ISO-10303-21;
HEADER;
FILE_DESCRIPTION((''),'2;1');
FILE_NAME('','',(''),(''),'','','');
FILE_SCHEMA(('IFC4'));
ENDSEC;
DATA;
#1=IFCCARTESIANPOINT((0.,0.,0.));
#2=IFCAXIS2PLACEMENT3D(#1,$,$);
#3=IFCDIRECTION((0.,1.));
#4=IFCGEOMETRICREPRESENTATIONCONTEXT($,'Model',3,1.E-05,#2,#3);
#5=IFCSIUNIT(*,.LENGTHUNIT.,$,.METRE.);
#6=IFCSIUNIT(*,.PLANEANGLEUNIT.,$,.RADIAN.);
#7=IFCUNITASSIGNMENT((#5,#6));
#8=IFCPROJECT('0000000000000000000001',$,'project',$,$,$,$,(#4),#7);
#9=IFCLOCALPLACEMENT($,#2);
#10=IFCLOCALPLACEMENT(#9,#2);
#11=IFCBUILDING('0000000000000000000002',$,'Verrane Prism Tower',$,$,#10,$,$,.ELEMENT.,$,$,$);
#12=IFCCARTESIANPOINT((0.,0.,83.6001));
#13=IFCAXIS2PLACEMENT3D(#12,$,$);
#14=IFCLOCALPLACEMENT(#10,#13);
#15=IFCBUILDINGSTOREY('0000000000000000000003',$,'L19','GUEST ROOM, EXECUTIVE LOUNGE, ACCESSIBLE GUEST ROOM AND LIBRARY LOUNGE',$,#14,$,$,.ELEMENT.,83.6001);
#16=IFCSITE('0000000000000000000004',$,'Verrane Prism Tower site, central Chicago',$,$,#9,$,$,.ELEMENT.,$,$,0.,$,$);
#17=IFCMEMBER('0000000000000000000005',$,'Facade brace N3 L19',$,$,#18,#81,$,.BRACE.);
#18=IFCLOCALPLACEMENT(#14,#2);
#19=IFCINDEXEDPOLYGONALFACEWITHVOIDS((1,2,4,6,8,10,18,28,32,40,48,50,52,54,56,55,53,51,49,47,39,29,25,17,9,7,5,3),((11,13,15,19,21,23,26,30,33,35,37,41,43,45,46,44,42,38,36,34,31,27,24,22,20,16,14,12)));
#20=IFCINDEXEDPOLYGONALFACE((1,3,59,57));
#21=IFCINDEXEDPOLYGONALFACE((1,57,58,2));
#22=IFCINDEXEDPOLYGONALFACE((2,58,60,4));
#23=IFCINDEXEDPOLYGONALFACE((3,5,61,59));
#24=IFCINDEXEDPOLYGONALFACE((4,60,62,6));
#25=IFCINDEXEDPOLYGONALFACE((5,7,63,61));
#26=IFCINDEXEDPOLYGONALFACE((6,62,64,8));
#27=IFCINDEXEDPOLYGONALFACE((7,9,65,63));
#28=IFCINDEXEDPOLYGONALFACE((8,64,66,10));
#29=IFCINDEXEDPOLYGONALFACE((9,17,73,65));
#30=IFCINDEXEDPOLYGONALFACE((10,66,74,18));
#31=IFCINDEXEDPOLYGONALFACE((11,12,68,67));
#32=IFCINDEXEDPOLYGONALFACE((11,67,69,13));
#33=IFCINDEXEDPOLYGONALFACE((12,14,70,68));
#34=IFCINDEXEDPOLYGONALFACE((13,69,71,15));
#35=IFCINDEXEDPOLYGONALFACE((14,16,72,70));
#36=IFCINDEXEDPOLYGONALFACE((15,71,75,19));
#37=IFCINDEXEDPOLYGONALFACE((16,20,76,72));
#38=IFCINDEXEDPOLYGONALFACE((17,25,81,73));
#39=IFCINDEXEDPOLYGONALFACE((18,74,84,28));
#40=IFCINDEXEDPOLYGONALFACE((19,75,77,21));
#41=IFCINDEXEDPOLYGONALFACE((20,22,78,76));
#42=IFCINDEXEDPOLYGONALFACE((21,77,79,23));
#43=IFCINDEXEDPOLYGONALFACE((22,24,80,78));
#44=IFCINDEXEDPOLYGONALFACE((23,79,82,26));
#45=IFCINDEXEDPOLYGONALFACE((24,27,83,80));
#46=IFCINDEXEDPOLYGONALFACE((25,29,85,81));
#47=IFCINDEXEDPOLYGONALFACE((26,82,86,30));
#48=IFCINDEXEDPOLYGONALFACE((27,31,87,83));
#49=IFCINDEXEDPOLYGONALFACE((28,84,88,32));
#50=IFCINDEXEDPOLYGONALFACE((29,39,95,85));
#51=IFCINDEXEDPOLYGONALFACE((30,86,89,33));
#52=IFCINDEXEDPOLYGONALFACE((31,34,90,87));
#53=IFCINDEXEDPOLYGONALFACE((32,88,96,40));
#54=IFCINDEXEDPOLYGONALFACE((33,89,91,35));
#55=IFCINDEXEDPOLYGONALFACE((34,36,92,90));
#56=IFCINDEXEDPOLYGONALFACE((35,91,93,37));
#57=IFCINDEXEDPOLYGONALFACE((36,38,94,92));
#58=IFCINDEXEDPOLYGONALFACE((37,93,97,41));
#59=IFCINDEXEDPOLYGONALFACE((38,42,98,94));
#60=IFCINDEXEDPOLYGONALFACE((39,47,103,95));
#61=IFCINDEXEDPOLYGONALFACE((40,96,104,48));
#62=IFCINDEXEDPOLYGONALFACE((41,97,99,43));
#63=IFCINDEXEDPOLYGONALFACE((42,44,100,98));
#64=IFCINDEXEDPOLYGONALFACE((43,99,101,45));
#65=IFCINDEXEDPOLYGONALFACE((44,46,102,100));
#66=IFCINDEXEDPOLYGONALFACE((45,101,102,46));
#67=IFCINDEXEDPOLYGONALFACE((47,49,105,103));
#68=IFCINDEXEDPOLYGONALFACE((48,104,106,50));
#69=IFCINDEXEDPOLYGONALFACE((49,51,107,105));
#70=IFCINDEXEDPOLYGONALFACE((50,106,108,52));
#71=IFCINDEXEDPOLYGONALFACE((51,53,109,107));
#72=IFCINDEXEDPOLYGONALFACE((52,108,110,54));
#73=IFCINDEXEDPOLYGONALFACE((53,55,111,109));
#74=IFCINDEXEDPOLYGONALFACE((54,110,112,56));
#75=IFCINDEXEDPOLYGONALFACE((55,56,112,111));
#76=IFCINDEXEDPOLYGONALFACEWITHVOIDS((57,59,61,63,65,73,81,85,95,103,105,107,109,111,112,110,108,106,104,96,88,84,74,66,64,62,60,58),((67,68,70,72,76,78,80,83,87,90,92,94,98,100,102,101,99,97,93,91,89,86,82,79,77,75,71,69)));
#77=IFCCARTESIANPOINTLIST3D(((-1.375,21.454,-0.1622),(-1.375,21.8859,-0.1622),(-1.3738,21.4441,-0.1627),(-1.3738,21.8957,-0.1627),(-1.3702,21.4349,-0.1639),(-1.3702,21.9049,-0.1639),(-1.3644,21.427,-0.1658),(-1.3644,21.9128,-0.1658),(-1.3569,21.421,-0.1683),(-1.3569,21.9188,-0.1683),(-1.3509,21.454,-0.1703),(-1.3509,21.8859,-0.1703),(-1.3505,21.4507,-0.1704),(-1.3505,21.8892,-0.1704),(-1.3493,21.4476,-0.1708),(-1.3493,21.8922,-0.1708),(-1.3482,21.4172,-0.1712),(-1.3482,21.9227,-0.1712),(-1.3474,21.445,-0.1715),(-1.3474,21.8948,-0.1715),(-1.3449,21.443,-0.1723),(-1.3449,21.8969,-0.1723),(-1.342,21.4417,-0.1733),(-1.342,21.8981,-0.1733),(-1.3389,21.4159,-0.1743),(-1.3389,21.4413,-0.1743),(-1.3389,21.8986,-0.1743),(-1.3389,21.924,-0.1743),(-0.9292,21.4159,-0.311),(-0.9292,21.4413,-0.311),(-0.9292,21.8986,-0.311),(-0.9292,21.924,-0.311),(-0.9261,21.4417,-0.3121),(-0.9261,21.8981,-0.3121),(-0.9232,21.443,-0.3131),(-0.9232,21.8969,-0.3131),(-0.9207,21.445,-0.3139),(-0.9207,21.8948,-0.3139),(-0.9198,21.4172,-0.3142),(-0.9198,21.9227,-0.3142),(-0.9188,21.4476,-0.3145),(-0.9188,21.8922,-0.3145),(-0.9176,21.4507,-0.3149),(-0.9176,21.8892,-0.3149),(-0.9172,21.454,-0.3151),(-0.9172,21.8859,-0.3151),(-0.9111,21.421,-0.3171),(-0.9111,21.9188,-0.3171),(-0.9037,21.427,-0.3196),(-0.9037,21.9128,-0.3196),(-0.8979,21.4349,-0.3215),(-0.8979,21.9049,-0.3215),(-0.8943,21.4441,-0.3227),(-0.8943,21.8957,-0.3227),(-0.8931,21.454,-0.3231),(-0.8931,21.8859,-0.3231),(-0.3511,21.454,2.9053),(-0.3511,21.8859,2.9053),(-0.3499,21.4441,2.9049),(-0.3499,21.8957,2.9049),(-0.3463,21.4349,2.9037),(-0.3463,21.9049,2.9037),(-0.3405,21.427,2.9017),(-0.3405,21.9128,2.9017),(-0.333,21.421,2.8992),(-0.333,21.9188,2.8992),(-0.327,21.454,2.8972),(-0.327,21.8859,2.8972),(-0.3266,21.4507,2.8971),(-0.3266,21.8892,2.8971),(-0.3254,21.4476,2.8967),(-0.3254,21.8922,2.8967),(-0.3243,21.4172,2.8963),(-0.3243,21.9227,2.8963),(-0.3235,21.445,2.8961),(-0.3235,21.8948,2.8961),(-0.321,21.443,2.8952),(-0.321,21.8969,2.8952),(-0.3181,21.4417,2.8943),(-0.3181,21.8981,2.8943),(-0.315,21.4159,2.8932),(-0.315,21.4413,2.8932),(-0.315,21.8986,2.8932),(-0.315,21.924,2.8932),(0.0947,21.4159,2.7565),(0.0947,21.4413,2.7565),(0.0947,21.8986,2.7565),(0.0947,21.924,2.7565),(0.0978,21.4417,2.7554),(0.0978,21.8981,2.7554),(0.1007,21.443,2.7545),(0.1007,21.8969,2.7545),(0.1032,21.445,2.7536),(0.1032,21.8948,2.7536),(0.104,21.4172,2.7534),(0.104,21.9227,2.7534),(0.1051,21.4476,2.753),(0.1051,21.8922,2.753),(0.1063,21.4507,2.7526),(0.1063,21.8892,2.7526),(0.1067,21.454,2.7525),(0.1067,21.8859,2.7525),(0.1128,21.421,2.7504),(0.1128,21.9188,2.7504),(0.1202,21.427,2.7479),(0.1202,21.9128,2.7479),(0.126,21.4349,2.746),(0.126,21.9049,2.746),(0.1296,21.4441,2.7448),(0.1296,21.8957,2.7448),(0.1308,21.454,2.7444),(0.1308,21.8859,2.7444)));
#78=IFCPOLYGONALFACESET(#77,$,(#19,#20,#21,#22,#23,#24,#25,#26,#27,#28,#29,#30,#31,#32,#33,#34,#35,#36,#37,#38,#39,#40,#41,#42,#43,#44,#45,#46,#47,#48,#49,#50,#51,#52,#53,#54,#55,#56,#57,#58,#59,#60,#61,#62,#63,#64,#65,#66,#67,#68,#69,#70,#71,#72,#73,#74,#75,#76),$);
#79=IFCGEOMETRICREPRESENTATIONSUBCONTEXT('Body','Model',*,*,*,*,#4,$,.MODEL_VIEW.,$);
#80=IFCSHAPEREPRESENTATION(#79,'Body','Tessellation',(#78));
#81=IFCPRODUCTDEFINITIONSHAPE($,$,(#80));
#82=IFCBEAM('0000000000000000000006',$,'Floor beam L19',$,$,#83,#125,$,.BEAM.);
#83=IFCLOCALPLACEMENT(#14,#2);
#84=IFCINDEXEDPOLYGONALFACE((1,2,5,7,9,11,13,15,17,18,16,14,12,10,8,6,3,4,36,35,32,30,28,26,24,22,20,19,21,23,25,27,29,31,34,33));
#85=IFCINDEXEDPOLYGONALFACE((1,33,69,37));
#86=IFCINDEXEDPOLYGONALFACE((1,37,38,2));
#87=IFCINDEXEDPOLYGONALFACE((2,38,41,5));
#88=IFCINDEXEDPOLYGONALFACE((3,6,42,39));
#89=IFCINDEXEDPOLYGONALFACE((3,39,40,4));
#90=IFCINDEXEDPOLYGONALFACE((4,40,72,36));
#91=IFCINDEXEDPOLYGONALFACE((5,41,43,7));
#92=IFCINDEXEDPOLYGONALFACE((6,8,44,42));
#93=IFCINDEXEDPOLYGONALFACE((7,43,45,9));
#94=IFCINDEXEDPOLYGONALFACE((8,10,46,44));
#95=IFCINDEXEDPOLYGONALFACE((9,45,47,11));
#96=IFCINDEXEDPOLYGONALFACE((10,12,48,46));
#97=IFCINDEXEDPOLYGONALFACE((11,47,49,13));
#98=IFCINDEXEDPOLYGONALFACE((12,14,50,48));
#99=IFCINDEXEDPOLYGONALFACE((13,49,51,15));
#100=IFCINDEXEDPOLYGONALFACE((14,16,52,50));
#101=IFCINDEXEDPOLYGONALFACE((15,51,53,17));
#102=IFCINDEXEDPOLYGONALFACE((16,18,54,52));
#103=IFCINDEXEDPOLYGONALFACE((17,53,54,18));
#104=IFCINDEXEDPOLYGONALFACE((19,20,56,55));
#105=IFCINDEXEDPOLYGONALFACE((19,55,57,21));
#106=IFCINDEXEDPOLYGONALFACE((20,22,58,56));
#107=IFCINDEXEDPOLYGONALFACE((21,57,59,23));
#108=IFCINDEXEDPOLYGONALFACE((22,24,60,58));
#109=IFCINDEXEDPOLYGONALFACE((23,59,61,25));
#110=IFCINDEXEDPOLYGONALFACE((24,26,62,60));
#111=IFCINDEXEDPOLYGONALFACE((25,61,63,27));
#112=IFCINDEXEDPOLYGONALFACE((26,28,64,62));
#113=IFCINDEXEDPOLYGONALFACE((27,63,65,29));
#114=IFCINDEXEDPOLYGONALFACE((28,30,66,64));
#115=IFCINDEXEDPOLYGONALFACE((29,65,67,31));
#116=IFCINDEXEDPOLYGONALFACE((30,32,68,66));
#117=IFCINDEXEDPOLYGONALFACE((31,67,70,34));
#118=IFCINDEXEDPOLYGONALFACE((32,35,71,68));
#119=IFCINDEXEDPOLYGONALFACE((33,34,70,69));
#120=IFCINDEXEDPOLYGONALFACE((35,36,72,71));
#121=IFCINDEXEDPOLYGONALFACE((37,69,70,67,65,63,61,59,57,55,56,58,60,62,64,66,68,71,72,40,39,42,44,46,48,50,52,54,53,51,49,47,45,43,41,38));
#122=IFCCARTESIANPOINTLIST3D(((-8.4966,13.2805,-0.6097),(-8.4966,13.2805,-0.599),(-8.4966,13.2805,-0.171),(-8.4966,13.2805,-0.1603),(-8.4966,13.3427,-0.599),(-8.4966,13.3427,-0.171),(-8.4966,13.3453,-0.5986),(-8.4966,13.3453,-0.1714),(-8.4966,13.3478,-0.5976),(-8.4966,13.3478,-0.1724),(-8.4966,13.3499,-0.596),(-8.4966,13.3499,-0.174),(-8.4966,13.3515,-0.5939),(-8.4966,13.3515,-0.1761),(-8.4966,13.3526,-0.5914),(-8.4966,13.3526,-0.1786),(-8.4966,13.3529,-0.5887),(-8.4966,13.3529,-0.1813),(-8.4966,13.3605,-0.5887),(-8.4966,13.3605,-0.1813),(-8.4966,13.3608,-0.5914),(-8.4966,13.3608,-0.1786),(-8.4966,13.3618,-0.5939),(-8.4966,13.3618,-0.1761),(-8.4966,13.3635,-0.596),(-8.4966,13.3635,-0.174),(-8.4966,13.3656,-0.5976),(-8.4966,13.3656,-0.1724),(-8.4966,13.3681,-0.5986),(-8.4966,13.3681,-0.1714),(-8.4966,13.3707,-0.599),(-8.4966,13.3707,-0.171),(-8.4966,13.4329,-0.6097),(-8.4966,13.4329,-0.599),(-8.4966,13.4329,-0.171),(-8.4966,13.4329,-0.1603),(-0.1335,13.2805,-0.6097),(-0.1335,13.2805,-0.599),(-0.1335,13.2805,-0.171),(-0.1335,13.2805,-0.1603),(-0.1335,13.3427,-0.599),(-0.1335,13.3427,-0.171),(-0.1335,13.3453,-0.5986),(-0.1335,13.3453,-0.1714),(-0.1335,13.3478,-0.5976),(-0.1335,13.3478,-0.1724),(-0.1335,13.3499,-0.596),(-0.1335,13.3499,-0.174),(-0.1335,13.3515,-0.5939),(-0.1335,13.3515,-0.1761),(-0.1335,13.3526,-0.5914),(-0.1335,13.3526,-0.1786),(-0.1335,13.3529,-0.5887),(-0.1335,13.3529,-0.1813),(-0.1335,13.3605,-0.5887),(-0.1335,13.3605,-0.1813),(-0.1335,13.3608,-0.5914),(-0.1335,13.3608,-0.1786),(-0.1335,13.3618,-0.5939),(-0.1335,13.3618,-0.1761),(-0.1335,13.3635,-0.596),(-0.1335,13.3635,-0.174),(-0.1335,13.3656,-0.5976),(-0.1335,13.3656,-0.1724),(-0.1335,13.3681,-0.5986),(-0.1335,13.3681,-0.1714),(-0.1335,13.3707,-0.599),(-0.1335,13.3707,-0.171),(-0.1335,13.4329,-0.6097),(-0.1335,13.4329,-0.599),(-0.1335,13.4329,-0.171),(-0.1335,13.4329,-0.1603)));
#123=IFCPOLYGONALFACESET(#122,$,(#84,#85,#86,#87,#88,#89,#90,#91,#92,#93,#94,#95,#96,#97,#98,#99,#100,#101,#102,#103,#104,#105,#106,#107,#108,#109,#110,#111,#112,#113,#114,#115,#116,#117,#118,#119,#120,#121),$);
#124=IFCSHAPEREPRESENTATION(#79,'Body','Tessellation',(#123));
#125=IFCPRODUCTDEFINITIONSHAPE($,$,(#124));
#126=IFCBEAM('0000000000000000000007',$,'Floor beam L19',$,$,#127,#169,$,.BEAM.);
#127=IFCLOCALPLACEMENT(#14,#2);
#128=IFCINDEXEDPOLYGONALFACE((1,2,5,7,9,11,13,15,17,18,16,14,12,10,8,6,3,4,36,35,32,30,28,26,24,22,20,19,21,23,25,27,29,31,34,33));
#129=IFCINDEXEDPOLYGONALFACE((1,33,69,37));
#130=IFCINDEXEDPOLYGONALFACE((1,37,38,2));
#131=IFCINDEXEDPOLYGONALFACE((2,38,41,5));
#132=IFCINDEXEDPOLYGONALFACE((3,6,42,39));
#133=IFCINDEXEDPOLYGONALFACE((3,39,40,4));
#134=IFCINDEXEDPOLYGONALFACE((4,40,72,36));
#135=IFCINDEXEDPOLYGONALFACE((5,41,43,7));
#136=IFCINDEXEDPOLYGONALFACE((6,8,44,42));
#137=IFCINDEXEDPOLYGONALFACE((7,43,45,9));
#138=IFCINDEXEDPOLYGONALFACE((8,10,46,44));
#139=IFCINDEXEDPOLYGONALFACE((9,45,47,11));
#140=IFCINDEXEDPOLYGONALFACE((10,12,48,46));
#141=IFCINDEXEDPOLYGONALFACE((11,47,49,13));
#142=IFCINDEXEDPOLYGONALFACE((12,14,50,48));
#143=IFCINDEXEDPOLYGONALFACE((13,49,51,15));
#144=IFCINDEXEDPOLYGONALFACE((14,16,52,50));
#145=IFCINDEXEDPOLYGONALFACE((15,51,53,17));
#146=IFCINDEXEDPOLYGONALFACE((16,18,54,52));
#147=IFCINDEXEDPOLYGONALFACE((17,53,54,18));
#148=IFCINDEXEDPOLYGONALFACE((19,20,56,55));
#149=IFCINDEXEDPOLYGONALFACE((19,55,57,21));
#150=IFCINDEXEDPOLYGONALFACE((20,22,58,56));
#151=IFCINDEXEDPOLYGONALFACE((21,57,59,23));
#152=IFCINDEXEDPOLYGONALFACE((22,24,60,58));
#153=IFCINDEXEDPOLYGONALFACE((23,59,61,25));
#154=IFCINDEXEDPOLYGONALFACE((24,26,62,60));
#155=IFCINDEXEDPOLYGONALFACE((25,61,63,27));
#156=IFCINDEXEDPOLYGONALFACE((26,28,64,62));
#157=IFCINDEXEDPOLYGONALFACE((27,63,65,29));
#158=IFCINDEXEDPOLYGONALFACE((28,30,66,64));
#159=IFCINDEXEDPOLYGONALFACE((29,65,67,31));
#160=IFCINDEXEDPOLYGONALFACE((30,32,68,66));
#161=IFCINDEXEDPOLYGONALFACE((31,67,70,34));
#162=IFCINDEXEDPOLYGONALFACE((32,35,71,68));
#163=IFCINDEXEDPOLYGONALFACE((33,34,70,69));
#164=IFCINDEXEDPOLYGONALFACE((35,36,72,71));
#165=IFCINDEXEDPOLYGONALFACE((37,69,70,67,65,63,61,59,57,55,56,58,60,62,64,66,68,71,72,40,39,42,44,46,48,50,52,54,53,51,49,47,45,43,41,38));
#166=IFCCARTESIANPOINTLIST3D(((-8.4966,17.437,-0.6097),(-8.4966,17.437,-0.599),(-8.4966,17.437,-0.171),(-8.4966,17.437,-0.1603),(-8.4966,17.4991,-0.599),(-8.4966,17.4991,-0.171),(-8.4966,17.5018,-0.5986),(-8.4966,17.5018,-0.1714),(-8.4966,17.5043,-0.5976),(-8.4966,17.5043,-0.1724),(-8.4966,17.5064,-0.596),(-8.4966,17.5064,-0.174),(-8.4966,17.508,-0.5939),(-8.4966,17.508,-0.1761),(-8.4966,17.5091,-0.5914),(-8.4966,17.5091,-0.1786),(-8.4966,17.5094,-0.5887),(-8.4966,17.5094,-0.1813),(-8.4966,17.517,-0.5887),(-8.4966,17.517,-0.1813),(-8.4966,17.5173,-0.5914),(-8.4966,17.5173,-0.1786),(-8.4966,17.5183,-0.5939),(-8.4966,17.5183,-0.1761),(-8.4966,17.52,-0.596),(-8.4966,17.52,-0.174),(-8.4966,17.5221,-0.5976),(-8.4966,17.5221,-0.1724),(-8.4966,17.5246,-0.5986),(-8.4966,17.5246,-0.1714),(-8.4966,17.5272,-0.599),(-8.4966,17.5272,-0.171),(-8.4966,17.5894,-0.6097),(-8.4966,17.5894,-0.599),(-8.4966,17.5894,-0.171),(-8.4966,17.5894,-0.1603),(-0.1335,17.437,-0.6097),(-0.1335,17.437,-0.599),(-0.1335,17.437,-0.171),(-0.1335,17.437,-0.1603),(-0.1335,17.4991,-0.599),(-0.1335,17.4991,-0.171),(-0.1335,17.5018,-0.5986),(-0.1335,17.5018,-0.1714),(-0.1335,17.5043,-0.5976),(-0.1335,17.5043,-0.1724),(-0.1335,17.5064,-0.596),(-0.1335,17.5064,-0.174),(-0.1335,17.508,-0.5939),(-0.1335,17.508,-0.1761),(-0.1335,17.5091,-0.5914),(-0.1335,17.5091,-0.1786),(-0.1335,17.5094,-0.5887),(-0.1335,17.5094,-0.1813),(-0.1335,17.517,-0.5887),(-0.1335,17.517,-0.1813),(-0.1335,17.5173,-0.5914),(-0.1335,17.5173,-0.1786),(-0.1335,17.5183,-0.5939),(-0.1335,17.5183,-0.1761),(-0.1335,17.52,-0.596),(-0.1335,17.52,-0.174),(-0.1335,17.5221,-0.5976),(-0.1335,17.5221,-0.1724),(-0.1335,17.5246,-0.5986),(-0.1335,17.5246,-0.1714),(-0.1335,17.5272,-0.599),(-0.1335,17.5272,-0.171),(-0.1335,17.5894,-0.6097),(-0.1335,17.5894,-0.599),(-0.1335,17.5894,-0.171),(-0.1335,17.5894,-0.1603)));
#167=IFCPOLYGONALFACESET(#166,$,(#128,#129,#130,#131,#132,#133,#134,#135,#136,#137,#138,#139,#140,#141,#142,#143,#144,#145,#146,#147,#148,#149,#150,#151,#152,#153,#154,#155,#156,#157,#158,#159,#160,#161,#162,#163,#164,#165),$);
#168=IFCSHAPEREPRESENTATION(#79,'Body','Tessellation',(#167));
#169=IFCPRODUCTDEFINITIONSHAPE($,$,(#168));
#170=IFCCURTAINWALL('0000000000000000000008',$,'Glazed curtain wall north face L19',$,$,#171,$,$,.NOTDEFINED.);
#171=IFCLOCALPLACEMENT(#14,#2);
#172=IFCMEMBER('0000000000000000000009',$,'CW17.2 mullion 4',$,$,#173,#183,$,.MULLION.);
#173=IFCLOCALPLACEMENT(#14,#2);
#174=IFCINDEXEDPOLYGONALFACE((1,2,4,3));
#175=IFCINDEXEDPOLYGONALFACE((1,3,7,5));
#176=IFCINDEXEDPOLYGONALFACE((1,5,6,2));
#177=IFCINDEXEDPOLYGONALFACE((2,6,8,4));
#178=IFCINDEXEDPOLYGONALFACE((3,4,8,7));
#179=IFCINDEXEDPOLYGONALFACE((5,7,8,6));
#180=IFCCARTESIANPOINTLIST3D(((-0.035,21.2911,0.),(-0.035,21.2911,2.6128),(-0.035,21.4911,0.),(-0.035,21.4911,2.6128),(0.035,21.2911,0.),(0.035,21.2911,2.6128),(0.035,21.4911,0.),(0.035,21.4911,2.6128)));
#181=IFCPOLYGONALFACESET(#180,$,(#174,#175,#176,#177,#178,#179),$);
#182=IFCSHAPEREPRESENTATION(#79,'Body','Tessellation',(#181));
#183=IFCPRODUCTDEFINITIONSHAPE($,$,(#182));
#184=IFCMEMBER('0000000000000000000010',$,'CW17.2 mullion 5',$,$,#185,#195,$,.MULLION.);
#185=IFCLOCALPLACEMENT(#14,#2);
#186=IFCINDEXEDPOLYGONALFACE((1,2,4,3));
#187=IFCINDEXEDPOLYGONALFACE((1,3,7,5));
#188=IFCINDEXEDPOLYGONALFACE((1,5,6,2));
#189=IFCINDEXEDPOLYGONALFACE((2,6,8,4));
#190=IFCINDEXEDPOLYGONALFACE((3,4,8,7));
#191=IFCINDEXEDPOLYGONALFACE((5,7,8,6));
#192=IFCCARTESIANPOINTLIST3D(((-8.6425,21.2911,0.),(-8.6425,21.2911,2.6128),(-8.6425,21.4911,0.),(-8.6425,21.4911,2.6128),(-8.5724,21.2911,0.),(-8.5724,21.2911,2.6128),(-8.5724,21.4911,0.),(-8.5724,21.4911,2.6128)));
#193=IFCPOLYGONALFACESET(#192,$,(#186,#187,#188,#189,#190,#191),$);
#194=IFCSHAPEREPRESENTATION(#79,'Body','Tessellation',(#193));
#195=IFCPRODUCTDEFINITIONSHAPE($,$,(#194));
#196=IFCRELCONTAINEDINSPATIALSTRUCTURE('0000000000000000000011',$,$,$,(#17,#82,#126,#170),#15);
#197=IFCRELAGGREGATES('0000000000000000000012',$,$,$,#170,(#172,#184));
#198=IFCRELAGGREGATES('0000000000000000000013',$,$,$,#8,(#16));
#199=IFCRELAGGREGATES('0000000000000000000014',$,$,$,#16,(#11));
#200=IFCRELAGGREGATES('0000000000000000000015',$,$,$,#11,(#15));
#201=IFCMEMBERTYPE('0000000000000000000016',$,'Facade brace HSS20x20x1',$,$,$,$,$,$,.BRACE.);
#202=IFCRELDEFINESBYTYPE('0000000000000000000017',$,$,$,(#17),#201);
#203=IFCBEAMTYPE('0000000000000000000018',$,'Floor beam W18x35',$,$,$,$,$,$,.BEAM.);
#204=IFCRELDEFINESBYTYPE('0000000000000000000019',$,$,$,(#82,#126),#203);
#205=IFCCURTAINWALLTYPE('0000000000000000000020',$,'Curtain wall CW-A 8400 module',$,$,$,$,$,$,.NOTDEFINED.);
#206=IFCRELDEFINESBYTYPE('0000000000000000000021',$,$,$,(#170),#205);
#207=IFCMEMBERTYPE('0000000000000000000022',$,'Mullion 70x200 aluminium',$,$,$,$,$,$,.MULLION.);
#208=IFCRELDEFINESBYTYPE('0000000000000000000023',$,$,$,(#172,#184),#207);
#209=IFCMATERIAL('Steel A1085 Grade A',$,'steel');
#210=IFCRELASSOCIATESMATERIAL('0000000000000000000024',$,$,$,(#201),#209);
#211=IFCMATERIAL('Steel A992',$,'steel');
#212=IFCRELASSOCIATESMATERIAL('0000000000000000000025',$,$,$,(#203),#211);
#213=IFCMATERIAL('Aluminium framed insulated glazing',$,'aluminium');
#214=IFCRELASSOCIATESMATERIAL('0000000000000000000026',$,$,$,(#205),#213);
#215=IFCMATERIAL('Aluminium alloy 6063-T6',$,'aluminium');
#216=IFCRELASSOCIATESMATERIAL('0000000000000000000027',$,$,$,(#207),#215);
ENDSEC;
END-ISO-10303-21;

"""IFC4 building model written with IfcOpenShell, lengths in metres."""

from ifc_helpers import new_model, si_unit, direction, frame, origin, origin_2d, place, context, subcontext, project, spatial, rectangle, hollow_rectangle, i_section, extrude, material, material_profile, profile_set, type_object, element, aggregate, save


model = new_model("IFC4")

# Units and contexts
model_context = context("Model", 3, precision=1e-05, world=origin(), true_north=direction((0.0, 1.0)))
body_context = subcontext(model_context, "Body", "Model", "MODEL_VIEW")
ifc_project = project(units=[si_unit("LENGTHUNIT", "METRE"), si_unit("PLANEANGLEUNIT", "RADIAN")], contexts=[model_context])

# Site, building, storey
site_placement = place(None, origin())
site = spatial("IfcSite", under=ifc_project, at=site_placement, Name="Verrane Prism Tower site, central Chicago", CompositionType="ELEMENT", RefElevation=0.0)
building_placement = place(site_placement, origin())
building = spatial("IfcBuilding", under=site, at=building_placement, Name="Verrane Prism Tower", CompositionType="ELEMENT")
storey_placement = place(building_placement, frame((0.0, 0.0, 83.6001)))
storey = spatial("IfcBuildingStorey", under=building, at=storey_placement, Name="L19", Description="GUEST ROOM, EXECUTIVE LOUNGE, ACCESSIBLE GUEST ROOM AND LIBRARY LOUNGE", CompositionType="ELEMENT", Elevation=83.6001)

# Member
ifc_material_1 = material(Name="Steel A1085 Grade A", Category="steel")
ifc_material_profile_1 = material_profile(ifc_material_1, hollow_rectangle(XDim=0.5081, YDim=0.5081, WallThickness=0.0254, InnerFilletRadius=0.0127, OuterFilletRadius=0.0381, at=origin_2d()), Name="HSS20x20x1")
ifc_profile_set_1 = profile_set([ifc_material_profile_1], Name="Steel A1085 Grade A")
member_type_1 = type_object("IfcMemberType", Name="Facade brace HSS20x20x1", PredefinedType="BRACE", material=ifc_profile_set_1)
member_1_placement = place(storey_placement, frame((-1.134, 21.6699, -0.2427), z_axis=(0.316613, 0.0, 0.948555), x_axis=(0.0, 1.0, 0.0)))
element("IfcMember", 1, at=member_1_placement, inside=storey, type_object=member_type_1, Name="Facade brace N3 L19", PredefinedType="BRACE", context=body_context, shape_type="SweptSolid", body=[
    extrude(hollow_rectangle(XDim=0.5081, YDim=0.5081, WallThickness=0.0254, InnerFilletRadius=0.0127, OuterFilletRadius=0.0381, at=origin_2d()), origin(), (0.0, 0.0, 1.0), 3.2339),
])

# Beams
ifc_material_2 = material(Name="Steel A992", Category="steel")
ifc_material_profile_2 = material_profile(ifc_material_2, i_section(OverallWidth=0.1523, OverallDepth=0.4495, WebThickness=0.0076, FlangeThickness=0.0107, FilletRadius=0.0103, at=origin_2d()), Name="W18x35")
ifc_profile_set_2 = profile_set([ifc_material_profile_2], Name="Steel A992")
beam_type_1 = type_object("IfcBeamType", Name="Floor beam W18x35", PredefinedType="BEAM", material=ifc_profile_set_2)
for number, where, z_axis, x_axis, name in (
    (2, (-8.4966, 13.3567, -0.385), (1.0, 0.0, 0.0), (0.0, 1.0, 0.0), "Floor beam L19"),
    (3, (-8.4966, 17.5132, -0.385), (1.0, 0.0, 0.0), (0.0, 1.0, 0.0), "Floor beam L19"),
):
    element("IfcBeam", number, at=place(storey_placement, frame(where, z_axis=z_axis, x_axis=x_axis)), inside=storey, type_object=beam_type_1, Name=name, PredefinedType="BEAM", context=body_context, shape_type="SweptSolid", body=[
        extrude(i_section(OverallWidth=0.1523, OverallDepth=0.4495, WebThickness=0.0076, FlangeThickness=0.0107, FilletRadius=0.0103, at=origin_2d()), origin(), (0.0, 0.0, 1.0), 8.363),
    ])

# Curtain wall, members
ifc_material_3 = material(Name="Aluminium framed insulated glazing", Category="aluminium")
curtain_wall_type = type_object("IfcCurtainWallType", Name="Curtain wall CW-A 8400 module", PredefinedType="NOTDEFINED", material=ifc_material_3)
curtain_wall_placement = place(storey_placement, origin())
curtain_wall = element("IfcCurtainWall", 4, at=curtain_wall_placement, inside=storey, type_object=curtain_wall_type, Name="Glazed curtain wall north face L19", PredefinedType="NOTDEFINED")
ifc_material_4 = material(Name="Aluminium alloy 6063-T6", Category="aluminium")
ifc_material_profile_3 = material_profile(ifc_material_4, rectangle(XDim=0.2, YDim=0.0701, at=origin_2d()), Name="Mullion 70x200 aluminium")
ifc_profile_set_3 = profile_set([ifc_material_profile_3], Name="Aluminium alloy 6063-T6")
member_type_2 = type_object("IfcMemberType", Name="Mullion 70x200 aluminium", PredefinedType="MULLION", material=ifc_profile_set_3)
member_2_placement = place(storey_placement, frame((0.0, 21.3911, 0.0), z_axis=(0.0, 0.0, 1.0), x_axis=(0.0, -1.0, 0.0)))
member_2 = element("IfcMember", 5, at=member_2_placement, type_object=member_type_2, Name="CW17.2 mullion 4", PredefinedType="MULLION", context=body_context, shape_type="SweptSolid", body=[
    extrude(rectangle(XDim=0.2, YDim=0.0701, at=origin_2d()), origin(), (0.0, 0.0, 1.0), 2.6128),
])
member_3_placement = place(storey_placement, frame((-8.6074, 21.3911, 0.0), z_axis=(0.0, 0.0, 1.0), x_axis=(0.0, -1.0, 0.0)))
member_3 = element("IfcMember", 6, at=member_3_placement, type_object=member_type_2, Name="CW17.2 mullion 5", PredefinedType="MULLION", context=body_context, shape_type="SweptSolid", body=[
    extrude(rectangle(XDim=0.2, YDim=0.0701, at=origin_2d()), origin(), (0.0, 0.0, 1.0), 2.6128),
])

aggregate(curtain_wall, [member_2, member_3])

save(model, "model.ifc")
